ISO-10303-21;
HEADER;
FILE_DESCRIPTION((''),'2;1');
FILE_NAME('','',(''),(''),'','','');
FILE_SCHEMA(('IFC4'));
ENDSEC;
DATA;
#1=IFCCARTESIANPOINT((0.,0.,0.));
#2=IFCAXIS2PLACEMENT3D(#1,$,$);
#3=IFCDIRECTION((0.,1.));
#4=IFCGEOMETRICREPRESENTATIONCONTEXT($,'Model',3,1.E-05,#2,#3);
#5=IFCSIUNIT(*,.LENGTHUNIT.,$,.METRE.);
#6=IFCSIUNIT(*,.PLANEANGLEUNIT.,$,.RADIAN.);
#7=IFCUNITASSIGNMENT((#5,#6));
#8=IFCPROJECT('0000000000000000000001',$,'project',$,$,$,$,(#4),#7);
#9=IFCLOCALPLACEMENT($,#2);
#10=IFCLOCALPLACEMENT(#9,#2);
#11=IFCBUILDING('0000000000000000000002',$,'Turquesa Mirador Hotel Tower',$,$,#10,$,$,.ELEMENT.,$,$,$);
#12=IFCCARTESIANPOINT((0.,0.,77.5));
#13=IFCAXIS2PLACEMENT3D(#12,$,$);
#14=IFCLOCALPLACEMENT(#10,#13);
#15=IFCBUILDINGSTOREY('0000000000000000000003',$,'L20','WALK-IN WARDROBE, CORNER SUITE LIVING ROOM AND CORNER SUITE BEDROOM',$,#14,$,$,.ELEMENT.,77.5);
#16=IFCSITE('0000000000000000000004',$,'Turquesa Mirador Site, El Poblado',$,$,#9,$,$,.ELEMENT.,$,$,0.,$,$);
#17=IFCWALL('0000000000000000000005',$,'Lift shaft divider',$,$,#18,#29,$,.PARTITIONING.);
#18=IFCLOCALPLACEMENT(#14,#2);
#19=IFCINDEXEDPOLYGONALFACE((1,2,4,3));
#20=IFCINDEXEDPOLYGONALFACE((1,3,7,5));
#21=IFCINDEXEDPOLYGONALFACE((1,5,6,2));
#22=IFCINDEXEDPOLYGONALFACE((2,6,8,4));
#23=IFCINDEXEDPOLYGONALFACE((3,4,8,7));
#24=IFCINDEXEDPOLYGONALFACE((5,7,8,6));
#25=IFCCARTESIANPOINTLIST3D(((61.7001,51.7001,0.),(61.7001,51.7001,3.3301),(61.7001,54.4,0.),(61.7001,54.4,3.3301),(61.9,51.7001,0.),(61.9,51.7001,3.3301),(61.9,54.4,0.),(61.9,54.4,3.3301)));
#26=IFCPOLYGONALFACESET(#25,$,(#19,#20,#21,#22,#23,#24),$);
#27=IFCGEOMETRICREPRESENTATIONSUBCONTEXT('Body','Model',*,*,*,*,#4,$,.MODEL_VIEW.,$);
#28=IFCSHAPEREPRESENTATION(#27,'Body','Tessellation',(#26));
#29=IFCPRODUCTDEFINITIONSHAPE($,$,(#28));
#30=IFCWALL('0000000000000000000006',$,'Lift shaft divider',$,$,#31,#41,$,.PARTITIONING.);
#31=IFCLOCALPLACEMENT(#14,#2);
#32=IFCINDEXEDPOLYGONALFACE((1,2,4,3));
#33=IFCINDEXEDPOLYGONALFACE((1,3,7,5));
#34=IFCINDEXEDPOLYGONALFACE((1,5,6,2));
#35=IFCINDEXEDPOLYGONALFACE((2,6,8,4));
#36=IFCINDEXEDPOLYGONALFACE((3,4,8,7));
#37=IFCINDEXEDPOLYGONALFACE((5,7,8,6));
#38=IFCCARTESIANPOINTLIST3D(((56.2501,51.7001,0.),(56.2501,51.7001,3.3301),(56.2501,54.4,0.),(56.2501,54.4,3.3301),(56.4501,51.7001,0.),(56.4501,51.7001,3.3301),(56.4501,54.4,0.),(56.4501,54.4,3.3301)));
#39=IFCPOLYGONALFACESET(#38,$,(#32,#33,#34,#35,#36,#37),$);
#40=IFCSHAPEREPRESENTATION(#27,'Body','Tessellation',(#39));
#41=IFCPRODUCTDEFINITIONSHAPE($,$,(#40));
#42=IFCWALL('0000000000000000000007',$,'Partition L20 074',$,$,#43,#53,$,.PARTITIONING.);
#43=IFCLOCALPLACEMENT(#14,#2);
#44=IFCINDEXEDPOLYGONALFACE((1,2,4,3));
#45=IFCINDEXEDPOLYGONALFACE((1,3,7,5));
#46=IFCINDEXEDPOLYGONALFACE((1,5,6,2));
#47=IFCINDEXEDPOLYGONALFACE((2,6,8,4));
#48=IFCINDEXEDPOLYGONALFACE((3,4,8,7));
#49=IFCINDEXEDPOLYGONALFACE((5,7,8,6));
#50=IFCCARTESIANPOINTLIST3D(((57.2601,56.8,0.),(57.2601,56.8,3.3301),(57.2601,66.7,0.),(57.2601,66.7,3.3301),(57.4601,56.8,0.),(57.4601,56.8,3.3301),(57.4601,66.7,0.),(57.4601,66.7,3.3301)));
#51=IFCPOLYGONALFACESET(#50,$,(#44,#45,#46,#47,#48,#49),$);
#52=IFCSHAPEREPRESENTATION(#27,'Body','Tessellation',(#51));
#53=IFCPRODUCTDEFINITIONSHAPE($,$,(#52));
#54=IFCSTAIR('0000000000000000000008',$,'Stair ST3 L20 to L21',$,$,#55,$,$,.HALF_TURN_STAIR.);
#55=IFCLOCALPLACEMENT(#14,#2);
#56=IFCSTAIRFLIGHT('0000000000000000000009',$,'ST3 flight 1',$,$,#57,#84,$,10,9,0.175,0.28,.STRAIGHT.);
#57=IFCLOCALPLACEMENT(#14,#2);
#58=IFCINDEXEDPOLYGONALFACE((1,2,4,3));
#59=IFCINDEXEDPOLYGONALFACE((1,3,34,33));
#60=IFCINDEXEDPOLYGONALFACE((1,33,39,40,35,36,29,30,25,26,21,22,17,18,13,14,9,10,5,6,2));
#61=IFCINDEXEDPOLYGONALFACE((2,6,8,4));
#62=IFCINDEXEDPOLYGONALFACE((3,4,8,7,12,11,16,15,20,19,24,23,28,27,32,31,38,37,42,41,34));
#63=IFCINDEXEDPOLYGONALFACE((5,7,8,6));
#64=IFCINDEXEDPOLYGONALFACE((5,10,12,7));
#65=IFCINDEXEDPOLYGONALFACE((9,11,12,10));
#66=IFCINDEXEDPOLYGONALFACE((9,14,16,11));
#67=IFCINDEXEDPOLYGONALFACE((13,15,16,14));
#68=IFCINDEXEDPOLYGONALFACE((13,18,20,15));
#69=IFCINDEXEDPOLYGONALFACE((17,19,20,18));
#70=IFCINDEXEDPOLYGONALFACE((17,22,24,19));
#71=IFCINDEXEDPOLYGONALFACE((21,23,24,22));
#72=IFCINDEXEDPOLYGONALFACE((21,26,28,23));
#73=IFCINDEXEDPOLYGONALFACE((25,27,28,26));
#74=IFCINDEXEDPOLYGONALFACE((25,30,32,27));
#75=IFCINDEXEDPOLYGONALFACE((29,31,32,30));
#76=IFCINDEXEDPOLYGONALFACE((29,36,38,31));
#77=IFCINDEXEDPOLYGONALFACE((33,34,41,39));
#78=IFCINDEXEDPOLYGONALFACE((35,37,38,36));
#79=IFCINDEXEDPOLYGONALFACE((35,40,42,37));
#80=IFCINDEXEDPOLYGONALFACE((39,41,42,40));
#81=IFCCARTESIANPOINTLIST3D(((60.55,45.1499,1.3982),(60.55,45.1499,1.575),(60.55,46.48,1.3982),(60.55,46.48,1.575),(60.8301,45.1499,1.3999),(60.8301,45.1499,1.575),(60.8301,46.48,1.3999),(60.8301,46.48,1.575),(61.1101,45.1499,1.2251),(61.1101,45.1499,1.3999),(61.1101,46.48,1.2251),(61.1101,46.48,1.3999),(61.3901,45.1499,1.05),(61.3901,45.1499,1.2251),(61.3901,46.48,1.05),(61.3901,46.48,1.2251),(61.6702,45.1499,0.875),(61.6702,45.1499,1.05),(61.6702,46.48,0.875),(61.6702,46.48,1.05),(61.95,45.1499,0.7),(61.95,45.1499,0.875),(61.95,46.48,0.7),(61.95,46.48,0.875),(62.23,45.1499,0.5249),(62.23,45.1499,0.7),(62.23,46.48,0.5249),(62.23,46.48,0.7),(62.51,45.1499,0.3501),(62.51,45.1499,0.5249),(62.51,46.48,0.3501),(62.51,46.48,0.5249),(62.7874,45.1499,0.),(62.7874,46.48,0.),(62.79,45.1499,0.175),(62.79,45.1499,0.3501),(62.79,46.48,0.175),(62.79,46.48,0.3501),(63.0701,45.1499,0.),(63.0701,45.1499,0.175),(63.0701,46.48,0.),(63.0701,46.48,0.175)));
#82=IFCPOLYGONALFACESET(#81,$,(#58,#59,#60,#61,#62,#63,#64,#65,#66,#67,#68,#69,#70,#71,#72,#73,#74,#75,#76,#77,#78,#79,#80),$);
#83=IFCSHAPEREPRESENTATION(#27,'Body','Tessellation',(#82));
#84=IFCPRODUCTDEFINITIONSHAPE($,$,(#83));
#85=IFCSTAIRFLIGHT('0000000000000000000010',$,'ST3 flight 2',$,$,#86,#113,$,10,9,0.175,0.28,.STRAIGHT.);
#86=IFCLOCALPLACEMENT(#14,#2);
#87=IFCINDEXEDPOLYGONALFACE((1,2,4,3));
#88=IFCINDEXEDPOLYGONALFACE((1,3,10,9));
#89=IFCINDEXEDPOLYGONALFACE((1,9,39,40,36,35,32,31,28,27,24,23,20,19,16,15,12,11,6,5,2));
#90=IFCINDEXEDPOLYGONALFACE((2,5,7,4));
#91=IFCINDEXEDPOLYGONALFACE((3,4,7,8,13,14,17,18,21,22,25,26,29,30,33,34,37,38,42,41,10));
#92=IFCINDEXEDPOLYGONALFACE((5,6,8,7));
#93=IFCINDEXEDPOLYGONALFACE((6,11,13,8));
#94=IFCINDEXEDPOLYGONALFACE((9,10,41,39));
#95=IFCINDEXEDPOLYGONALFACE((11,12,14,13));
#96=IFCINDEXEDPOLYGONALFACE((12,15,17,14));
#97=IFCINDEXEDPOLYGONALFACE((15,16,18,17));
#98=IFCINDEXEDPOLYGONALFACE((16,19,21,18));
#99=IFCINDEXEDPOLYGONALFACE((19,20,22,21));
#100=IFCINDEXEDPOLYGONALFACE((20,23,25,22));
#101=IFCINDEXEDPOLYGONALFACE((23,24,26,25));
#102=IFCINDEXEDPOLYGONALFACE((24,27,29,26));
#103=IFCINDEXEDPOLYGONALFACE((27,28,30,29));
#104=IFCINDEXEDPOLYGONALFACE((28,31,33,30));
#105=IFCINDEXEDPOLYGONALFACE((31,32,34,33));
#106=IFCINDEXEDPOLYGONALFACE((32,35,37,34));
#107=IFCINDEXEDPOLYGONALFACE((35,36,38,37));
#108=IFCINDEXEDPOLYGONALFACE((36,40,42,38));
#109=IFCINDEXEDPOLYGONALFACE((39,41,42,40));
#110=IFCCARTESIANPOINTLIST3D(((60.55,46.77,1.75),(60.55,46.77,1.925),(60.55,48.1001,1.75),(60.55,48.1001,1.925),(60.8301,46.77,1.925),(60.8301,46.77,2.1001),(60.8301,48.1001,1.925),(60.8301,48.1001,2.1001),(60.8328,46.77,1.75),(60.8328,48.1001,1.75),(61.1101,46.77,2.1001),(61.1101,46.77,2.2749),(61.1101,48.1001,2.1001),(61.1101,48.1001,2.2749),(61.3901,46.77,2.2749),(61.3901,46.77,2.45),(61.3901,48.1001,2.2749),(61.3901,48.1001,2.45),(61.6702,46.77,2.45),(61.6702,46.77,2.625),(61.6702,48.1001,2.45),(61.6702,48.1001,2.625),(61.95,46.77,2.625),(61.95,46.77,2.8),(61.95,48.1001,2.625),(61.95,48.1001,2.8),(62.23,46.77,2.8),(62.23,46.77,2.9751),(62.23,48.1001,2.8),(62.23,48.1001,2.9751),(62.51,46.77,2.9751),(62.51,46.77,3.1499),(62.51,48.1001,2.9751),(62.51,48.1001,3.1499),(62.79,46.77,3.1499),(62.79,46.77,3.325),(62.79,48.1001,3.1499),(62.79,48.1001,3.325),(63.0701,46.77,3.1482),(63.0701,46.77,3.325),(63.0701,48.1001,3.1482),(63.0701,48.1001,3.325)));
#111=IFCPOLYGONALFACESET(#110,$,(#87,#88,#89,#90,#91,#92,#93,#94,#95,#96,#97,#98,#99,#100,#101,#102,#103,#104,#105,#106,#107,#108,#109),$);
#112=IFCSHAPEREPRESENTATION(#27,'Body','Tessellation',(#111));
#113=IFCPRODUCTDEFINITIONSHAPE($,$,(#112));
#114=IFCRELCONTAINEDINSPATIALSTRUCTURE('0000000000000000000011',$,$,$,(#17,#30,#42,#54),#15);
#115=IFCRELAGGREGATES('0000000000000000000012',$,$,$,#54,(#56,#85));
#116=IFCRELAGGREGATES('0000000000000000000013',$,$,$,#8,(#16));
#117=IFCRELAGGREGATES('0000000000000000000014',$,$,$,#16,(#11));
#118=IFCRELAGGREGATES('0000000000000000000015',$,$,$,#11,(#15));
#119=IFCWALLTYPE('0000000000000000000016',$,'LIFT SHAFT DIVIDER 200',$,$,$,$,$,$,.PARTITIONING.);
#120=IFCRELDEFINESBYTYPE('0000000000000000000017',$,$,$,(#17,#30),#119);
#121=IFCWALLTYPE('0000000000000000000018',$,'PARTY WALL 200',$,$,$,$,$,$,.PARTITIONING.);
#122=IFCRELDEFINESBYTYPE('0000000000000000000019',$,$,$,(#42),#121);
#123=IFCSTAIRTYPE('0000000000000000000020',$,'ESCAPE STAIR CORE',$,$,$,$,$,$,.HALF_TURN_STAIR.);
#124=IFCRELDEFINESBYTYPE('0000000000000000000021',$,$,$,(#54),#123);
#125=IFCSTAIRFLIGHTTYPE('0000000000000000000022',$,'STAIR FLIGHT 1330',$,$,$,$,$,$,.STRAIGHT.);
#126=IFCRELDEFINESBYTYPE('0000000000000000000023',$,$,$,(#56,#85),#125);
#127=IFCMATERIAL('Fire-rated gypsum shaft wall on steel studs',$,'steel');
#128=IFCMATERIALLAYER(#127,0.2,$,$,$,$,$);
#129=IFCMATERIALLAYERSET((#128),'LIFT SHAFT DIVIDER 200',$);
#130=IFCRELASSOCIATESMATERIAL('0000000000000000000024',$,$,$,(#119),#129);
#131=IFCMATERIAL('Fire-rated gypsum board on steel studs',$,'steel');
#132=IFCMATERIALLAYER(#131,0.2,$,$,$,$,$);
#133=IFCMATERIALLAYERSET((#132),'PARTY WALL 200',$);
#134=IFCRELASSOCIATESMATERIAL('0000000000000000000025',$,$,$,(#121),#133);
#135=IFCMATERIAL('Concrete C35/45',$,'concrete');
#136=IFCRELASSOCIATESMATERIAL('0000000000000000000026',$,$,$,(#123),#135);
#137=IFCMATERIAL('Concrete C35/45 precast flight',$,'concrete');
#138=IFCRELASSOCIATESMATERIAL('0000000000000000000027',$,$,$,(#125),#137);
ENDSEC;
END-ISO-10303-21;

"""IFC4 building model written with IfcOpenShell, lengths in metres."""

from ifc_helpers import new_model, si_unit, direction, frame, frame_2d, origin, place, context, subcontext, project, spatial, polyline, rectangle, outline, extrude, material, layer, layer_set, type_object, element, aggregate, save


model = new_model("IFC4")

# Units and contexts
model_context = context("Model", 3, precision=1e-05, world=origin(), true_north=direction((0.0, 1.0)))
body_context = subcontext(model_context, "Body", "Model", "MODEL_VIEW")
ifc_project = project(units=[si_unit("LENGTHUNIT", "METRE"), si_unit("PLANEANGLEUNIT", "RADIAN")], contexts=[model_context])

# Site, building, storey
site_placement = place(None, origin())
site = spatial("IfcSite", under=ifc_project, at=site_placement, Name="Turquesa Mirador Site, El Poblado", CompositionType="ELEMENT", RefElevation=0.0)
building_placement = place(site_placement, origin())
building = spatial("IfcBuilding", under=site, at=building_placement, Name="Turquesa Mirador Hotel Tower", CompositionType="ELEMENT")
storey_placement = place(building_placement, frame((0.0, 0.0, 77.5)))
storey = spatial("IfcBuildingStorey", under=building, at=storey_placement, Name="L20", Description="WALK-IN WARDROBE, CORNER SUITE LIVING ROOM AND CORNER SUITE BEDROOM", CompositionType="ELEMENT", Elevation=77.5)

# Walls
ifc_material_1 = material(Name="Fire-rated gypsum shaft wall on steel studs", Category="steel")
ifc_layer_1 = layer(ifc_material_1, 0.2)
ifc_layer_set_1 = layer_set([ifc_layer_1], Name="LIFT SHAFT DIVIDER 200")
wall_type_1 = type_object("IfcWallType", Name="LIFT SHAFT DIVIDER 200", PredefinedType="PARTITIONING", material=ifc_layer_set_1)
for number, where, z_axis, x_axis, name in (
    (1, (61.8, 51.7, 0.0), (0.0, 0.0, 1.0), (0.0, 1.0, 0.0), "Lift shaft divider"),
    (2, (56.3501, 51.7, 0.0), (0.0, 0.0, 1.0), (0.0, 1.0, 0.0), "Lift shaft divider"),
):
    element("IfcWall", number, at=place(storey_placement, frame(where, z_axis=z_axis, x_axis=x_axis)), inside=storey, type_object=wall_type_1, Name=name, PredefinedType="PARTITIONING", context=body_context, shape_type="SweptSolid", body=[
        extrude(rectangle(XDim=2.7, YDim=0.2, at=frame_2d((1.3501, 0.0))), origin(), (0.0, 0.0, 1.0), 3.3301),
    ])
ifc_material_2 = material(Name="Fire-rated gypsum board on steel studs", Category="steel")
ifc_layer_2 = layer(ifc_material_2, 0.2)
ifc_layer_set_2 = layer_set([ifc_layer_2], Name="PARTY WALL 200")
wall_type_2 = type_object("IfcWallType", Name="PARTY WALL 200", PredefinedType="PARTITIONING", material=ifc_layer_set_2)
wall_1_placement = place(storey_placement, frame((57.3601, 56.8, 0.0), z_axis=(0.0, 0.0, 1.0), x_axis=(0.0, 1.0, 0.0)))
element("IfcWall", 3, at=wall_1_placement, inside=storey, type_object=wall_type_2, Name="Partition L20 074", PredefinedType="PARTITIONING", context=body_context, shape_type="SweptSolid", body=[
    extrude(rectangle(XDim=9.8999, YDim=0.2, at=frame_2d((4.95, 0.0))), origin(), (0.0, 0.0, 1.0), 3.3301),
])

# Stair, stair flights
ifc_material_3 = material(Name="Concrete C35/45", Category="concrete")
stair_type = type_object("IfcStairType", Name="ESCAPE STAIR CORE", PredefinedType="HALF_TURN_STAIR", material=ifc_material_3)
stair_placement = place(storey_placement, origin())
stair = element("IfcStair", 4, at=stair_placement, inside=storey, type_object=stair_type, Name="Stair ST3 L20 to L21", PredefinedType="HALF_TURN_STAIR")
ifc_material_4 = material(Name="Concrete C35/45 precast flight", Category="concrete")
stair_flight_type = type_object("IfcStairFlightType", Name="STAIR FLIGHT 1330", PredefinedType="STRAIGHT", material=ifc_material_4)
stair_flight_1_placement = place(storey_placement, frame((63.0701, 45.8149, 0.0), z_axis=(0.0, 0.0, 1.0), x_axis=(-1.0, 0.0, 0.0)))
stair_flight_1 = element("IfcStairFlight", 5, at=stair_flight_1_placement, type_object=stair_flight_type, Name="ST3 flight 1", NumberOfRisers=10, NumberOfTreads=9, PredefinedType="STRAIGHT", RiserHeight=0.175, TreadLength=0.28, context=body_context, shape_type="SweptSolid", body=[
    extrude(outline(polyline([(0.0, 0.0), (0.0, 0.175), (0.28, 0.175), (0.28, 0.3501), (0.5601, 0.3501), (0.5601, 0.5249), (0.8401, 0.5249), (0.8401, 0.7), (1.1201, 0.7), (1.1201, 0.875), (1.3999, 0.875), (1.3999, 1.05), (1.6799, 1.05), (1.6799, 1.2251), (1.96, 1.2251), (1.96, 1.3999), (2.24, 1.3999), (2.24, 1.575), (2.52, 1.575), (2.52, 1.75), (2.52, 1.3982), (0.2827, 0.0), (0.0, 0.0)])), frame((0.0, 0.665, 0.0), z_axis=(0.0, -1.0, 0.0), x_axis=(1.0, 0.0, 0.0)), (0.0, 0.0, 1.0), 1.3301),
])
stair_flight_2_placement = place(storey_placement, frame((60.55, 47.4351, 1.75), z_axis=(0.0, 0.0, 1.0), x_axis=(1.0, 0.0, 0.0)))
stair_flight_2 = element("IfcStairFlight", 6, at=stair_flight_2_placement, type_object=stair_flight_type, Name="ST3 flight 2", NumberOfRisers=10, NumberOfTreads=9, PredefinedType="STRAIGHT", RiserHeight=0.175, TreadLength=0.28, context=body_context, shape_type="SweptSolid", body=[
    extrude(outline(polyline([(0.0, 0.0), (0.0, 0.175), (0.28, 0.175), (0.28, 0.3501), (0.5601, 0.3501), (0.5601, 0.5249), (0.8401, 0.5249), (0.8401, 0.7), (1.1201, 0.7), (1.1201, 0.875), (1.3999, 0.875), (1.3999, 1.05), (1.6799, 1.05), (1.6799, 1.2251), (1.96, 1.2251), (1.96, 1.3999), (2.24, 1.3999), (2.24, 1.575), (2.52, 1.575), (2.52, 1.75), (2.52, 1.3982), (0.2827, 0.0), (0.0, 0.0)])), frame((0.0, 0.665, 0.0), z_axis=(0.0, -1.0, 0.0), x_axis=(1.0, 0.0, 0.0)), (0.0, 0.0, 1.0), 1.3301),
])
aggregate(stair, [stair_flight_1, stair_flight_2])

save(model, "model.ifc")
